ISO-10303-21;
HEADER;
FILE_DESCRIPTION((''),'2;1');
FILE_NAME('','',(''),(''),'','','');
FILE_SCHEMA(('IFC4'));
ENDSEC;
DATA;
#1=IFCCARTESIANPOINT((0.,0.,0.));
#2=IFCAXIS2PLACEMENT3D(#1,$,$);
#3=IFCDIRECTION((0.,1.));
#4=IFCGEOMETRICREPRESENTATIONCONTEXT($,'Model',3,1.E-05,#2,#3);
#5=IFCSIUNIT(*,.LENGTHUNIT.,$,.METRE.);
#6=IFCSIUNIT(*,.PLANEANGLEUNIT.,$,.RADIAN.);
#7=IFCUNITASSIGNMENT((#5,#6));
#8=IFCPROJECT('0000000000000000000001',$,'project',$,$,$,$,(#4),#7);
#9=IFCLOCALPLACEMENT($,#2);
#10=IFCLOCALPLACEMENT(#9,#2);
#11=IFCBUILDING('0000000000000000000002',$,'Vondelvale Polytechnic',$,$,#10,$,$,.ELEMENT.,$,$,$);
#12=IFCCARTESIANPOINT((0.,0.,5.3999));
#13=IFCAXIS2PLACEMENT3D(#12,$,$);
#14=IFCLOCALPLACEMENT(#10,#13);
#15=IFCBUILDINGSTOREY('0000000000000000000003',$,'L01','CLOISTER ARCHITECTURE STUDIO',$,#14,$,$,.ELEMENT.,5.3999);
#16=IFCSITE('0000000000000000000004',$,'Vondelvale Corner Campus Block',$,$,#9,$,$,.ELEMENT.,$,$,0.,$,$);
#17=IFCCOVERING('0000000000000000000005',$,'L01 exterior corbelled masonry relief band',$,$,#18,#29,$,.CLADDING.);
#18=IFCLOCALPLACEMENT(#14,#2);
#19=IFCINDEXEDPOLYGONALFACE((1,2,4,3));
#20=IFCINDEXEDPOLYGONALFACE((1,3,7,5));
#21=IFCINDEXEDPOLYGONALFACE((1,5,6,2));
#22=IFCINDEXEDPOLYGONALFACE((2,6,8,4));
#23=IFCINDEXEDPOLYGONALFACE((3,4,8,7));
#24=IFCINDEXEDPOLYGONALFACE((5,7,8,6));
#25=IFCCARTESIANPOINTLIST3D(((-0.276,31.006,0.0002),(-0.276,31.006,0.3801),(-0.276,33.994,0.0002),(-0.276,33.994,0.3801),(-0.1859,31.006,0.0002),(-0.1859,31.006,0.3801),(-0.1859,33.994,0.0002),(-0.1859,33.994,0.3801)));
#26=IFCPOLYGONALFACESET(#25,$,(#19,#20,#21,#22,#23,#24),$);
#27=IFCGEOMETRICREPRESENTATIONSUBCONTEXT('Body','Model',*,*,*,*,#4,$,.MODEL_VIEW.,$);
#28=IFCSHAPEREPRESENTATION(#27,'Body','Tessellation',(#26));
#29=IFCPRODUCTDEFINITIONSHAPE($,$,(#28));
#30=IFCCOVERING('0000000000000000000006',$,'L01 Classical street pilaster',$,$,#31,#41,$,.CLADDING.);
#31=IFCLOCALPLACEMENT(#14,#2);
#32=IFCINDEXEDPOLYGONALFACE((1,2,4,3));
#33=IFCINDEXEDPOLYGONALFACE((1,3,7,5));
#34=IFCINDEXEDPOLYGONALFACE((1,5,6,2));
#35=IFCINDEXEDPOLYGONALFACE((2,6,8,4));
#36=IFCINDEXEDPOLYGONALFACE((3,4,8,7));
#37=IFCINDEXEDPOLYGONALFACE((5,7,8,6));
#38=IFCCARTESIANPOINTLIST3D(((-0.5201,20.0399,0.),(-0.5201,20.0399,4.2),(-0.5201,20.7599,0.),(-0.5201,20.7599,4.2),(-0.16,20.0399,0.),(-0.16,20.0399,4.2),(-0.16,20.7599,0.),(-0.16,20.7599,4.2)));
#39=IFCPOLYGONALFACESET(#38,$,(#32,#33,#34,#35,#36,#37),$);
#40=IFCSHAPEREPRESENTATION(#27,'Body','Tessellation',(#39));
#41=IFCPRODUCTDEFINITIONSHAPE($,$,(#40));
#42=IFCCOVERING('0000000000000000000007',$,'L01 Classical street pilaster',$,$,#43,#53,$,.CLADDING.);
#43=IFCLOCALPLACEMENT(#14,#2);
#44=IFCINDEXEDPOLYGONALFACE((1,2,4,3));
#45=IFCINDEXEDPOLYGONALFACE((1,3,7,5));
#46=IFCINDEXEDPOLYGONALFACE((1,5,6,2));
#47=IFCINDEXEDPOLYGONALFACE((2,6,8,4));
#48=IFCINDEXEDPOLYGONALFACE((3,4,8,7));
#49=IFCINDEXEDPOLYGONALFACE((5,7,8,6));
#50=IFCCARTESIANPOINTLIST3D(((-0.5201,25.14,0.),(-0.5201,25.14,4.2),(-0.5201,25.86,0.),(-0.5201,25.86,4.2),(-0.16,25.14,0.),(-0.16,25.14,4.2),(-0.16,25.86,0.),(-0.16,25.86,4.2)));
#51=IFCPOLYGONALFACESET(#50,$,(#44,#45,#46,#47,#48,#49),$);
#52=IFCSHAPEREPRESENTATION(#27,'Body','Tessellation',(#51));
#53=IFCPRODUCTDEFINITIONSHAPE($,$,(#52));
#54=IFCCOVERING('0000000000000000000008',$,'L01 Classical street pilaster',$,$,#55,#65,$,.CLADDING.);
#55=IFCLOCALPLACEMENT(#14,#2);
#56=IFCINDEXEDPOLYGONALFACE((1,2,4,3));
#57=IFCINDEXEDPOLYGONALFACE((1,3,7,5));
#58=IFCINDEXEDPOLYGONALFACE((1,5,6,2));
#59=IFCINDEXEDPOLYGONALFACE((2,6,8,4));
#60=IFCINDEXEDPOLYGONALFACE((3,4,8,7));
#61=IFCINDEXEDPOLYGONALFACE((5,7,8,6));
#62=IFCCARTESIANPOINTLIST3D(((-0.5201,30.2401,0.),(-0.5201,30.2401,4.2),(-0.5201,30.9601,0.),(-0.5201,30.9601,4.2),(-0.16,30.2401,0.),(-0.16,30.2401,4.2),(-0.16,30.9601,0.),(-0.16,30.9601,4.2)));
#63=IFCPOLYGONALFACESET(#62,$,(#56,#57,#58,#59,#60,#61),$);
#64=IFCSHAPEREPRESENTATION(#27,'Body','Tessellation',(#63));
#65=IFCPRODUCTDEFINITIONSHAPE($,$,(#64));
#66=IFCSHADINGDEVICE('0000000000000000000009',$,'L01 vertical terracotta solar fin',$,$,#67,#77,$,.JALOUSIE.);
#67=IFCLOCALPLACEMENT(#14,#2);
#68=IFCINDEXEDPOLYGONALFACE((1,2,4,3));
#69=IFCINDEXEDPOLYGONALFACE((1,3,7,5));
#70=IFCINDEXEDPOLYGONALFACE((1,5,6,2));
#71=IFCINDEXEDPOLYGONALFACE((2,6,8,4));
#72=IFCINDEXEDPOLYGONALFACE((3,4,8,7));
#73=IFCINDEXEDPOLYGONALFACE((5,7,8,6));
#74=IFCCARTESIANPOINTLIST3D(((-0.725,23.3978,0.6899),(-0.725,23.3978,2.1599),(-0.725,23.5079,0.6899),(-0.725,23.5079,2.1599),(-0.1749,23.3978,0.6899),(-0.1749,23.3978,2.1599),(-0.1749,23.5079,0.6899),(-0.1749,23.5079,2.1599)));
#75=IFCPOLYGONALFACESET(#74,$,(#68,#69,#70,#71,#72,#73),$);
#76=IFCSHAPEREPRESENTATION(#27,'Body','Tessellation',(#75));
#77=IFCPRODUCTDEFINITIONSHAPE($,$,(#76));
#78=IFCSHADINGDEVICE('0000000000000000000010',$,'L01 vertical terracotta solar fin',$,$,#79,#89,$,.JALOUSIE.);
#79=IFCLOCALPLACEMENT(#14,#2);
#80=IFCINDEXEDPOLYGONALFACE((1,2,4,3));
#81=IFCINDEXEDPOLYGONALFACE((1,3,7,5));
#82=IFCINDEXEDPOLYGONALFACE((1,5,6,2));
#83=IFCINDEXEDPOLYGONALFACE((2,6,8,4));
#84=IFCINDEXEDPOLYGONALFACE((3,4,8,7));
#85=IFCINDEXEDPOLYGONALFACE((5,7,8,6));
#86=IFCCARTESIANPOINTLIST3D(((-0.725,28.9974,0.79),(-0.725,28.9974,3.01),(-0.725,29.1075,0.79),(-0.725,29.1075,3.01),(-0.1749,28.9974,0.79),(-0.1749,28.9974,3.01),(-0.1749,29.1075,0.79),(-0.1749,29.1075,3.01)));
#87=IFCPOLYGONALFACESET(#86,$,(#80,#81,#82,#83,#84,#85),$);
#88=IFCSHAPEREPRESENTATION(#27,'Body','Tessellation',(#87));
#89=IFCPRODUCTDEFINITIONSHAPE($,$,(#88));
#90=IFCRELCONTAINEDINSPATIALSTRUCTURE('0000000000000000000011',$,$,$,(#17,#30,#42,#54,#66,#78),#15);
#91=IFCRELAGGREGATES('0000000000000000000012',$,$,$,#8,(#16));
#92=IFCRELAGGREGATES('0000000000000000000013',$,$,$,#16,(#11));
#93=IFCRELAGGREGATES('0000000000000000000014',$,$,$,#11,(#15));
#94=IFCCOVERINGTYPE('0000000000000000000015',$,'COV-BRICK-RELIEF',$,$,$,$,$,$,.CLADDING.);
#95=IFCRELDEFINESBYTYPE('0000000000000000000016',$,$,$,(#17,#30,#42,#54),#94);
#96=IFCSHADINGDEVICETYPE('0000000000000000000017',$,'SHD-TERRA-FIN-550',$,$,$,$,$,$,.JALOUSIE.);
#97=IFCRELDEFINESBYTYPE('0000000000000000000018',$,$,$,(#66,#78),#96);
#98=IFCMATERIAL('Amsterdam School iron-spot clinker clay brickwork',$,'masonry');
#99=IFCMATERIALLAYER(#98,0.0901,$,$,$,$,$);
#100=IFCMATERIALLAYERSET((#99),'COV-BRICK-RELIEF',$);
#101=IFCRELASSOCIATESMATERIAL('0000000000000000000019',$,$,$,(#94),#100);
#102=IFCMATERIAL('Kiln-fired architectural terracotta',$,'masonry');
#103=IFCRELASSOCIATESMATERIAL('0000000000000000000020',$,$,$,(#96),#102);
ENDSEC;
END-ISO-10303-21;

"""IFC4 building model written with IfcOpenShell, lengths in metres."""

from ifc_helpers import new_model, si_unit, direction, frame, origin, origin_2d, place, context, subcontext, project, spatial, rectangle, extrude, material, layer, layer_set, type_object, element, save


model = new_model("IFC4")

# Units and contexts
model_context = context("Model", 3, precision=1e-05, world=origin(), true_north=direction((0.0, 1.0)))
body_context = subcontext(model_context, "Body", "Model", "MODEL_VIEW")
ifc_project = project(units=[si_unit("LENGTHUNIT", "METRE"), si_unit("PLANEANGLEUNIT", "RADIAN")], contexts=[model_context])

# Site, building, storey
site_placement = place(None, origin())
site = spatial("IfcSite", under=ifc_project, at=site_placement, Name="Vondelvale Corner Campus Block", CompositionType="ELEMENT", RefElevation=0.0)
building_placement = place(site_placement, origin())
building = spatial("IfcBuilding", under=site, at=building_placement, Name="Vondelvale Polytechnic", CompositionType="ELEMENT")
storey_placement = place(building_placement, frame((0.0, 0.0, 5.3999)))
storey = spatial("IfcBuildingStorey", under=building, at=storey_placement, Name="L01", Description="CLOISTER ARCHITECTURE STUDIO", CompositionType="ELEMENT", Elevation=5.3999)

# Shared definitions
ifc_material_1 = material(Name="Amsterdam School iron-spot clinker clay brickwork", Category="masonry")

# Coverings
ifc_layer_1 = layer(ifc_material_1, 0.0901)
ifc_layer_set_1 = layer_set([ifc_layer_1], Name="COV-BRICK-RELIEF")
covering_type_1 = type_object("IfcCoveringType", Name="COV-BRICK-RELIEF", PredefinedType="CLADDING", material=ifc_layer_set_1)
covering_1_placement = place(storey_placement, frame((-0.231, 32.5, 0.0002), z_axis=(0.0, 0.0, 1.0), x_axis=(0.0, 1.0, 0.0)))
element("IfcCovering", 1, at=covering_1_placement, inside=storey, type_object=covering_type_1, Name="L01 exterior corbelled masonry relief band", PredefinedType="CLADDING", context=body_context, shape_type="SweptSolid", body=[
    extrude(rectangle(XDim=2.988, YDim=0.0901, at=origin_2d()), origin(), (0.0, 0.0, 1.0), 0.3799),
])
for number, where, z_axis, x_axis, name in (
    (2, (-0.3401, 20.3999, 0.0), (0.0, 0.0, 1.0), (1.0, 0.0, 0.0), "L01 Classical street pilaster"),
    (3, (-0.3401, 25.5, 0.0), (0.0, 0.0, 1.0), (1.0, 0.0, 0.0), "L01 Classical street pilaster"),
    (4, (-0.3401, 30.6001, 0.0), (0.0, 0.0, 1.0), (1.0, 0.0, 0.0), "L01 Classical street pilaster"),
):
    element("IfcCovering", number, at=place(storey_placement, frame(where, z_axis=z_axis, x_axis=x_axis)), inside=storey, type_object=covering_type_1, Name=name, PredefinedType="CLADDING", context=body_context, shape_type="SweptSolid", body=[
        extrude(rectangle(XDim=0.3601, YDim=0.72, at=origin_2d()), origin(), (0.0, 0.0, 1.0), 4.2),
    ])

# Shading devices
ifc_material_2 = material(Name="Kiln-fired architectural terracotta", Category="masonry")
shading_device_type = type_object("IfcShadingDeviceType", Name="SHD-TERRA-FIN-550", PredefinedType="JALOUSIE", material=ifc_material_2)
shading_device_1_placement = place(storey_placement, frame((-0.45, 23.4529, 0.6899), z_axis=(0.0, 0.0, 1.0), x_axis=(0.0, 1.0, 0.0)))
element("IfcShadingDevice", 5, at=shading_device_1_placement, inside=storey, type_object=shading_device_type, Name="L01 vertical terracotta solar fin", PredefinedType="JALOUSIE", context=body_context, shape_type="SweptSolid", body=[
    extrude(rectangle(XDim=0.1101, YDim=0.55, at=origin_2d()), origin(), (0.0, 0.0, 1.0), 1.47),
])
shading_device_2_placement = place(storey_placement, frame((-0.45, 29.0525, 0.79), z_axis=(0.0, 0.0, 1.0), x_axis=(0.0, 1.0, 0.0)))
element("IfcShadingDevice", 6, at=shading_device_2_placement, inside=storey, type_object=shading_device_type, Name="L01 vertical terracotta solar fin", PredefinedType="JALOUSIE", context=body_context, shape_type="SweptSolid", body=[
    extrude(rectangle(XDim=0.1101, YDim=0.55, at=origin_2d()), origin(), (0.0, 0.0, 1.0), 2.22),
])

save(model, "model.ifc")
